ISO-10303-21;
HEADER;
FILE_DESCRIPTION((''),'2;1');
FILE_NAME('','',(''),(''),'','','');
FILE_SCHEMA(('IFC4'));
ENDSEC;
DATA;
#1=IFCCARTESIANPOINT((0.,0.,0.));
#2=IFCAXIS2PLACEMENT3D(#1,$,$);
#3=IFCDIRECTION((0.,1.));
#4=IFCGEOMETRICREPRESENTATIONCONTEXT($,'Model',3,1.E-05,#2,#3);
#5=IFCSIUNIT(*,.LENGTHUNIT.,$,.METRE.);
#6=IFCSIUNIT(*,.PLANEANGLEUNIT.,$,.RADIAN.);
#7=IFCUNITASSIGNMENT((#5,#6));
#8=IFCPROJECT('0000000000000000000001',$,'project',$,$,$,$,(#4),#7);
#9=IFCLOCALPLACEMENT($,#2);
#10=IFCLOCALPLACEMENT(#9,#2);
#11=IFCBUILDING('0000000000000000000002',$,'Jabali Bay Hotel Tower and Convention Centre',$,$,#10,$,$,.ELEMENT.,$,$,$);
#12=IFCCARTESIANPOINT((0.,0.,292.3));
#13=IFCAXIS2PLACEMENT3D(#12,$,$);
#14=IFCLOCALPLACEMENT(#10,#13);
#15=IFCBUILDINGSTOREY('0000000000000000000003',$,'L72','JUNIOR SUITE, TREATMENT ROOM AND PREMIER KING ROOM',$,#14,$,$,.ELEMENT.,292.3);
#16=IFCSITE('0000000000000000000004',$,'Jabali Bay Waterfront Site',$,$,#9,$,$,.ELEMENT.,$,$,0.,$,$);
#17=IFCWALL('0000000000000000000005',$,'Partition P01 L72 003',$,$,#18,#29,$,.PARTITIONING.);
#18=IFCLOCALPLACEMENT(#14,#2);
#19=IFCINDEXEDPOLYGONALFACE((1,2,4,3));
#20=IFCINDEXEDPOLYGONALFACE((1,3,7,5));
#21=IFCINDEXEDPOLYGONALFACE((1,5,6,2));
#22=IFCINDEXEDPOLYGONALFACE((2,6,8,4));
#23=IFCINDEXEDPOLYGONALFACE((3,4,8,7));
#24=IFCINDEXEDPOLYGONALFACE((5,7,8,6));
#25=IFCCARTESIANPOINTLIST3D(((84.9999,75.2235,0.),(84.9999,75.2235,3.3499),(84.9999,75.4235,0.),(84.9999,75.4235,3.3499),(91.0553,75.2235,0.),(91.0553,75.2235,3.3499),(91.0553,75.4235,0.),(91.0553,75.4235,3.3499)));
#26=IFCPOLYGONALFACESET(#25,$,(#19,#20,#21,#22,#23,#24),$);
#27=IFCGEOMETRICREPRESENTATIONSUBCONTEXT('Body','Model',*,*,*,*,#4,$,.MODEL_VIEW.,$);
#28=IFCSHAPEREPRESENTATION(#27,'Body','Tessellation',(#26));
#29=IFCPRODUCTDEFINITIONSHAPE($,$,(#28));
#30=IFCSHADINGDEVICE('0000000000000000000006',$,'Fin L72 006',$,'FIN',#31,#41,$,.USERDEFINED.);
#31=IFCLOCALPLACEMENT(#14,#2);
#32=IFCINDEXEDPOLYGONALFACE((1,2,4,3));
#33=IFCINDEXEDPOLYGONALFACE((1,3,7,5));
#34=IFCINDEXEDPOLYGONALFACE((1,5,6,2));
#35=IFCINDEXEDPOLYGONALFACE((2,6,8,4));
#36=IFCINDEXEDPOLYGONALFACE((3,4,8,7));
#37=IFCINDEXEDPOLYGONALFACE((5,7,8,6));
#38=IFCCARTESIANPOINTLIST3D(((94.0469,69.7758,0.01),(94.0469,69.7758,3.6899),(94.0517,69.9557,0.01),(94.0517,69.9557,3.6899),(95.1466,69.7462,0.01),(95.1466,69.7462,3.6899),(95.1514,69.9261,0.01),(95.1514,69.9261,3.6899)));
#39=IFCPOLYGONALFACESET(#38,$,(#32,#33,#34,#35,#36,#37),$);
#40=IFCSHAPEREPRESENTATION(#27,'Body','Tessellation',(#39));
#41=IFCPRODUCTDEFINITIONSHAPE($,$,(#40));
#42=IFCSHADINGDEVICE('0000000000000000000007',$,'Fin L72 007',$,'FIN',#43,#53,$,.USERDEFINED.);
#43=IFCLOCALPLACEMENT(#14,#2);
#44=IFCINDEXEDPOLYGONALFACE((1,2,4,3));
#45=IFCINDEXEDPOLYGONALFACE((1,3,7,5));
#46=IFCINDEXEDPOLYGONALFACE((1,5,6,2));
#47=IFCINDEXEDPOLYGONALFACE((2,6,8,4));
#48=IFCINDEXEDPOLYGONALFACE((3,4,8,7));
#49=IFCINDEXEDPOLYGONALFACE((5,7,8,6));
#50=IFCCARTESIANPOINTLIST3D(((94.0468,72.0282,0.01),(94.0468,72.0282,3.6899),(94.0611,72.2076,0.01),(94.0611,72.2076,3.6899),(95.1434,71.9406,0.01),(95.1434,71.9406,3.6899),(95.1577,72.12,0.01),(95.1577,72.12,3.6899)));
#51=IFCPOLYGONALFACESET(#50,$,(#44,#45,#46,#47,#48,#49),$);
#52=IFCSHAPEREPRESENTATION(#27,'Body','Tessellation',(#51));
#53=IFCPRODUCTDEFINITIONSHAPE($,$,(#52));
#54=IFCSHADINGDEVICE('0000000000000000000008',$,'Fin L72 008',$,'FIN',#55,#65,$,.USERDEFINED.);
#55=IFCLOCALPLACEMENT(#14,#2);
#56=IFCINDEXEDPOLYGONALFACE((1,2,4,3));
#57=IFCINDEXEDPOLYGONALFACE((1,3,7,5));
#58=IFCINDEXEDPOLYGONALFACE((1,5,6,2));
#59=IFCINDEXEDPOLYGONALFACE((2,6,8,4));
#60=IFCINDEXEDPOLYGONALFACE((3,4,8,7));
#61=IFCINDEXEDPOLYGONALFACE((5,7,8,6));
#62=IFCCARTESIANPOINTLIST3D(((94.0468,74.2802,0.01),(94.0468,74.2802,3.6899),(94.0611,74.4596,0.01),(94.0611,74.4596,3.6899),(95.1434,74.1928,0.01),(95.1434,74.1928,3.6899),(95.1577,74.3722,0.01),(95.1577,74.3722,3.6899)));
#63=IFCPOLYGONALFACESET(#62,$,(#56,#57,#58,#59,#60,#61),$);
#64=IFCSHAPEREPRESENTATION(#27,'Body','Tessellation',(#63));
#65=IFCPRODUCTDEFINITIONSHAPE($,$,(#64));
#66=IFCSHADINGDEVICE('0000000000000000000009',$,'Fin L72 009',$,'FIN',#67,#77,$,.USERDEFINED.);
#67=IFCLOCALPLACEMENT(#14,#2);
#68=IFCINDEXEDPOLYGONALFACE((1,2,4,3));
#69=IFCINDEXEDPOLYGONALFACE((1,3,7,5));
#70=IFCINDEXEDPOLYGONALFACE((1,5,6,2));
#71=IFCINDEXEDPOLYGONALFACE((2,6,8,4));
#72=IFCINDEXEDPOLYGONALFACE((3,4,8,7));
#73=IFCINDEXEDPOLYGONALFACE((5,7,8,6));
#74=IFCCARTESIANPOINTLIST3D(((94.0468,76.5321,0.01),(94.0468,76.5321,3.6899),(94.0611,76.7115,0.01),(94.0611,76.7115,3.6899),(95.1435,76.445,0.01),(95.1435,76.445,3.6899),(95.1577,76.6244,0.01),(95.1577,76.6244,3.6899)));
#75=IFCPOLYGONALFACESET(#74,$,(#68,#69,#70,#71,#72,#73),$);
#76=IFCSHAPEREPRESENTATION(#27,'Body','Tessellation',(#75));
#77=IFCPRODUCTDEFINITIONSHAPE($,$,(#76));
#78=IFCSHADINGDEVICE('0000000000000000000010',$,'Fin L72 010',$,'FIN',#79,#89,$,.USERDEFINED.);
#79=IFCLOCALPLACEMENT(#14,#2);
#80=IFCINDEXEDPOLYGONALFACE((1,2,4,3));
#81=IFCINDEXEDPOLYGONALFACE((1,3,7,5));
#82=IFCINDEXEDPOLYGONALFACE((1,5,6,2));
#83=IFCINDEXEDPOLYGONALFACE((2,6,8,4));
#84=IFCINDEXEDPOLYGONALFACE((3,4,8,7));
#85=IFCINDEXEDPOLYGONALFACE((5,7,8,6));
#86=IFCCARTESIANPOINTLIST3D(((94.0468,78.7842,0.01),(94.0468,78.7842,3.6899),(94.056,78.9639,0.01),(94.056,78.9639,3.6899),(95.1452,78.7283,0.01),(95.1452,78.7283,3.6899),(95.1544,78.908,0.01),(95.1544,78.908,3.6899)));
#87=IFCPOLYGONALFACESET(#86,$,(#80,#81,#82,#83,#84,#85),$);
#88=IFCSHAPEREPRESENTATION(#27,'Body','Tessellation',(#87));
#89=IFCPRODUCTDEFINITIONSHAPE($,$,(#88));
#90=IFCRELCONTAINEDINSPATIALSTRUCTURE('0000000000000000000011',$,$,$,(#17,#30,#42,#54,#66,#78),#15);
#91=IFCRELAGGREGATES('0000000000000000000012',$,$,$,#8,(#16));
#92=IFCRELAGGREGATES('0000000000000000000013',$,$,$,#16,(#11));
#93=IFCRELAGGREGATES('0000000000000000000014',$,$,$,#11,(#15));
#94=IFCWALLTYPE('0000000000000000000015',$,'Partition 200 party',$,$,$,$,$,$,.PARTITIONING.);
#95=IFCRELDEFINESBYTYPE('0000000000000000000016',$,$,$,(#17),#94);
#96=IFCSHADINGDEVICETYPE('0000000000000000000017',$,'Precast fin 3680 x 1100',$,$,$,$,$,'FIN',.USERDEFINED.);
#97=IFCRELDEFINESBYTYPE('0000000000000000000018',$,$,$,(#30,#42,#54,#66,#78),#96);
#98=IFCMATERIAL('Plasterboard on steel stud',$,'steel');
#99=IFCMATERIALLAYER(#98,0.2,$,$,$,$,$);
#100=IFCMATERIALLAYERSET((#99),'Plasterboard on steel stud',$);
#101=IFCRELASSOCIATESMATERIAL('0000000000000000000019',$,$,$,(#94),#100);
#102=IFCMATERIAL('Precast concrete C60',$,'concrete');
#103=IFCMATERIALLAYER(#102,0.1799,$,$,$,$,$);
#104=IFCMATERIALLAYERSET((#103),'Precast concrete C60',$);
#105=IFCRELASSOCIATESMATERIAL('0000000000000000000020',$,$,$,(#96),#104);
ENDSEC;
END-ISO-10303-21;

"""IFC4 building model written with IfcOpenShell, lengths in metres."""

from ifc_helpers import new_model, si_unit, direction, frame, frame_2d, origin, place, context, subcontext, project, spatial, rectangle, extrude, material, layer, layer_set, type_object, element, save


model = new_model("IFC4")

# Units and contexts
model_context = context("Model", 3, precision=1e-05, world=origin(), true_north=direction((0.0, 1.0)))
body_context = subcontext(model_context, "Body", "Model", "MODEL_VIEW")
ifc_project = project(units=[si_unit("LENGTHUNIT", "METRE"), si_unit("PLANEANGLEUNIT", "RADIAN")], contexts=[model_context])

# Site, building, storey
site_placement = place(None, origin())
site = spatial("IfcSite", under=ifc_project, at=site_placement, Name="Jabali Bay Waterfront Site", CompositionType="ELEMENT", RefElevation=0.0)
building_placement = place(site_placement, origin())
building = spatial("IfcBuilding", under=site, at=building_placement, Name="Jabali Bay Hotel Tower and Convention Centre", CompositionType="ELEMENT")
storey_placement = place(building_placement, frame((0.0, 0.0, 292.3)))
storey = spatial("IfcBuildingStorey", under=building, at=storey_placement, Name="L72", Description="JUNIOR SUITE, TREATMENT ROOM AND PREMIER KING ROOM", CompositionType="ELEMENT", Elevation=292.3)

# Shared definitions
ifc_material_1 = material(Name="Plasterboard on steel stud", Category="steel")

# Wall
ifc_layer_1 = layer(ifc_material_1, 0.2)
ifc_layer_set_1 = layer_set([ifc_layer_1], Name="Plasterboard on steel stud")
wall_type_1 = type_object("IfcWallType", Name="Partition 200 party", PredefinedType="PARTITIONING", material=ifc_layer_set_1)
wall_1_placement = place(storey_placement, frame((91.0554, 75.3235, 0.0), z_axis=(0.0, 0.0, 1.0), x_axis=(-1.0, 0.0, 0.0)))
element("IfcWall", 1, at=wall_1_placement, inside=storey, type_object=wall_type_1, Name="Partition P01 L72 003", PredefinedType="PARTITIONING", context=body_context, shape_type="SweptSolid", body=[
    extrude(rectangle(XDim=6.0554, YDim=0.2, at=frame_2d((3.0278, 0.0))), origin(), (0.0, 0.0, 1.0), 3.3499),
])

# Shading devices
ifc_material_2 = material(Name="Precast concrete C60", Category="concrete")
ifc_layer_2 = layer(ifc_material_2, 0.1799)
ifc_layer_set_2 = layer_set([ifc_layer_2], Name="Precast concrete C60")
shading_device_type = type_object("IfcShadingDeviceType", Name="Precast fin 3680 x 1100", ElementType="FIN", PredefinedType="USERDEFINED", material=ifc_layer_set_2)
for number, where, z_axis, x_axis, name in (
    (2, (94.0493, 69.8657, 0.01), (0.0, 0.0, 1.0), (0.999639, -0.026855, 0.0), "Fin L72 006"),
    (3, (94.054, 72.1179, 0.01), (0.0, 0.0, 1.0), (0.996822, -0.079666, 0.0), "Fin L72 007"),
    (4, (94.054, 74.3699, 0.01), (0.0, 0.0, 1.0), (0.996839, -0.079445, 0.0), "Fin L72 008"),
    (5, (94.054, 76.6218, 0.01), (0.0, 0.0, 1.0), (0.996857, -0.079225, 0.0), "Fin L72 009"),
):
    element("IfcShadingDevice", number, at=place(storey_placement, frame(where, z_axis=z_axis, x_axis=x_axis)), inside=storey, type_object=shading_device_type, Name=name, ObjectType="FIN", PredefinedType="USERDEFINED", context=body_context, shape_type="SweptSolid", body=[
        extrude(rectangle(XDim=1.1001, YDim=0.1799, at=frame_2d((0.55, 0.0))), origin(), (0.0, 0.0, 1.0), 3.6799),
    ])
shading_device_placement = place(storey_placement, frame((94.0515, 78.874, 0.01), z_axis=(0.0, 0.0, 1.0), x_axis=(0.998707, -0.050834, 0.0)))
element("IfcShadingDevice", 6, at=shading_device_placement, inside=storey, type_object=shading_device_type, Name="Fin L72 010", ObjectType="FIN", PredefinedType="USERDEFINED", context=body_context, shape_type="SweptSolid", body=[
    extrude(rectangle(XDim=1.0999, YDim=0.1799, at=frame_2d((0.5498, 0.0))), origin(), (0.0, 0.0, 1.0), 3.6799),
])

save(model, "model.ifc")
